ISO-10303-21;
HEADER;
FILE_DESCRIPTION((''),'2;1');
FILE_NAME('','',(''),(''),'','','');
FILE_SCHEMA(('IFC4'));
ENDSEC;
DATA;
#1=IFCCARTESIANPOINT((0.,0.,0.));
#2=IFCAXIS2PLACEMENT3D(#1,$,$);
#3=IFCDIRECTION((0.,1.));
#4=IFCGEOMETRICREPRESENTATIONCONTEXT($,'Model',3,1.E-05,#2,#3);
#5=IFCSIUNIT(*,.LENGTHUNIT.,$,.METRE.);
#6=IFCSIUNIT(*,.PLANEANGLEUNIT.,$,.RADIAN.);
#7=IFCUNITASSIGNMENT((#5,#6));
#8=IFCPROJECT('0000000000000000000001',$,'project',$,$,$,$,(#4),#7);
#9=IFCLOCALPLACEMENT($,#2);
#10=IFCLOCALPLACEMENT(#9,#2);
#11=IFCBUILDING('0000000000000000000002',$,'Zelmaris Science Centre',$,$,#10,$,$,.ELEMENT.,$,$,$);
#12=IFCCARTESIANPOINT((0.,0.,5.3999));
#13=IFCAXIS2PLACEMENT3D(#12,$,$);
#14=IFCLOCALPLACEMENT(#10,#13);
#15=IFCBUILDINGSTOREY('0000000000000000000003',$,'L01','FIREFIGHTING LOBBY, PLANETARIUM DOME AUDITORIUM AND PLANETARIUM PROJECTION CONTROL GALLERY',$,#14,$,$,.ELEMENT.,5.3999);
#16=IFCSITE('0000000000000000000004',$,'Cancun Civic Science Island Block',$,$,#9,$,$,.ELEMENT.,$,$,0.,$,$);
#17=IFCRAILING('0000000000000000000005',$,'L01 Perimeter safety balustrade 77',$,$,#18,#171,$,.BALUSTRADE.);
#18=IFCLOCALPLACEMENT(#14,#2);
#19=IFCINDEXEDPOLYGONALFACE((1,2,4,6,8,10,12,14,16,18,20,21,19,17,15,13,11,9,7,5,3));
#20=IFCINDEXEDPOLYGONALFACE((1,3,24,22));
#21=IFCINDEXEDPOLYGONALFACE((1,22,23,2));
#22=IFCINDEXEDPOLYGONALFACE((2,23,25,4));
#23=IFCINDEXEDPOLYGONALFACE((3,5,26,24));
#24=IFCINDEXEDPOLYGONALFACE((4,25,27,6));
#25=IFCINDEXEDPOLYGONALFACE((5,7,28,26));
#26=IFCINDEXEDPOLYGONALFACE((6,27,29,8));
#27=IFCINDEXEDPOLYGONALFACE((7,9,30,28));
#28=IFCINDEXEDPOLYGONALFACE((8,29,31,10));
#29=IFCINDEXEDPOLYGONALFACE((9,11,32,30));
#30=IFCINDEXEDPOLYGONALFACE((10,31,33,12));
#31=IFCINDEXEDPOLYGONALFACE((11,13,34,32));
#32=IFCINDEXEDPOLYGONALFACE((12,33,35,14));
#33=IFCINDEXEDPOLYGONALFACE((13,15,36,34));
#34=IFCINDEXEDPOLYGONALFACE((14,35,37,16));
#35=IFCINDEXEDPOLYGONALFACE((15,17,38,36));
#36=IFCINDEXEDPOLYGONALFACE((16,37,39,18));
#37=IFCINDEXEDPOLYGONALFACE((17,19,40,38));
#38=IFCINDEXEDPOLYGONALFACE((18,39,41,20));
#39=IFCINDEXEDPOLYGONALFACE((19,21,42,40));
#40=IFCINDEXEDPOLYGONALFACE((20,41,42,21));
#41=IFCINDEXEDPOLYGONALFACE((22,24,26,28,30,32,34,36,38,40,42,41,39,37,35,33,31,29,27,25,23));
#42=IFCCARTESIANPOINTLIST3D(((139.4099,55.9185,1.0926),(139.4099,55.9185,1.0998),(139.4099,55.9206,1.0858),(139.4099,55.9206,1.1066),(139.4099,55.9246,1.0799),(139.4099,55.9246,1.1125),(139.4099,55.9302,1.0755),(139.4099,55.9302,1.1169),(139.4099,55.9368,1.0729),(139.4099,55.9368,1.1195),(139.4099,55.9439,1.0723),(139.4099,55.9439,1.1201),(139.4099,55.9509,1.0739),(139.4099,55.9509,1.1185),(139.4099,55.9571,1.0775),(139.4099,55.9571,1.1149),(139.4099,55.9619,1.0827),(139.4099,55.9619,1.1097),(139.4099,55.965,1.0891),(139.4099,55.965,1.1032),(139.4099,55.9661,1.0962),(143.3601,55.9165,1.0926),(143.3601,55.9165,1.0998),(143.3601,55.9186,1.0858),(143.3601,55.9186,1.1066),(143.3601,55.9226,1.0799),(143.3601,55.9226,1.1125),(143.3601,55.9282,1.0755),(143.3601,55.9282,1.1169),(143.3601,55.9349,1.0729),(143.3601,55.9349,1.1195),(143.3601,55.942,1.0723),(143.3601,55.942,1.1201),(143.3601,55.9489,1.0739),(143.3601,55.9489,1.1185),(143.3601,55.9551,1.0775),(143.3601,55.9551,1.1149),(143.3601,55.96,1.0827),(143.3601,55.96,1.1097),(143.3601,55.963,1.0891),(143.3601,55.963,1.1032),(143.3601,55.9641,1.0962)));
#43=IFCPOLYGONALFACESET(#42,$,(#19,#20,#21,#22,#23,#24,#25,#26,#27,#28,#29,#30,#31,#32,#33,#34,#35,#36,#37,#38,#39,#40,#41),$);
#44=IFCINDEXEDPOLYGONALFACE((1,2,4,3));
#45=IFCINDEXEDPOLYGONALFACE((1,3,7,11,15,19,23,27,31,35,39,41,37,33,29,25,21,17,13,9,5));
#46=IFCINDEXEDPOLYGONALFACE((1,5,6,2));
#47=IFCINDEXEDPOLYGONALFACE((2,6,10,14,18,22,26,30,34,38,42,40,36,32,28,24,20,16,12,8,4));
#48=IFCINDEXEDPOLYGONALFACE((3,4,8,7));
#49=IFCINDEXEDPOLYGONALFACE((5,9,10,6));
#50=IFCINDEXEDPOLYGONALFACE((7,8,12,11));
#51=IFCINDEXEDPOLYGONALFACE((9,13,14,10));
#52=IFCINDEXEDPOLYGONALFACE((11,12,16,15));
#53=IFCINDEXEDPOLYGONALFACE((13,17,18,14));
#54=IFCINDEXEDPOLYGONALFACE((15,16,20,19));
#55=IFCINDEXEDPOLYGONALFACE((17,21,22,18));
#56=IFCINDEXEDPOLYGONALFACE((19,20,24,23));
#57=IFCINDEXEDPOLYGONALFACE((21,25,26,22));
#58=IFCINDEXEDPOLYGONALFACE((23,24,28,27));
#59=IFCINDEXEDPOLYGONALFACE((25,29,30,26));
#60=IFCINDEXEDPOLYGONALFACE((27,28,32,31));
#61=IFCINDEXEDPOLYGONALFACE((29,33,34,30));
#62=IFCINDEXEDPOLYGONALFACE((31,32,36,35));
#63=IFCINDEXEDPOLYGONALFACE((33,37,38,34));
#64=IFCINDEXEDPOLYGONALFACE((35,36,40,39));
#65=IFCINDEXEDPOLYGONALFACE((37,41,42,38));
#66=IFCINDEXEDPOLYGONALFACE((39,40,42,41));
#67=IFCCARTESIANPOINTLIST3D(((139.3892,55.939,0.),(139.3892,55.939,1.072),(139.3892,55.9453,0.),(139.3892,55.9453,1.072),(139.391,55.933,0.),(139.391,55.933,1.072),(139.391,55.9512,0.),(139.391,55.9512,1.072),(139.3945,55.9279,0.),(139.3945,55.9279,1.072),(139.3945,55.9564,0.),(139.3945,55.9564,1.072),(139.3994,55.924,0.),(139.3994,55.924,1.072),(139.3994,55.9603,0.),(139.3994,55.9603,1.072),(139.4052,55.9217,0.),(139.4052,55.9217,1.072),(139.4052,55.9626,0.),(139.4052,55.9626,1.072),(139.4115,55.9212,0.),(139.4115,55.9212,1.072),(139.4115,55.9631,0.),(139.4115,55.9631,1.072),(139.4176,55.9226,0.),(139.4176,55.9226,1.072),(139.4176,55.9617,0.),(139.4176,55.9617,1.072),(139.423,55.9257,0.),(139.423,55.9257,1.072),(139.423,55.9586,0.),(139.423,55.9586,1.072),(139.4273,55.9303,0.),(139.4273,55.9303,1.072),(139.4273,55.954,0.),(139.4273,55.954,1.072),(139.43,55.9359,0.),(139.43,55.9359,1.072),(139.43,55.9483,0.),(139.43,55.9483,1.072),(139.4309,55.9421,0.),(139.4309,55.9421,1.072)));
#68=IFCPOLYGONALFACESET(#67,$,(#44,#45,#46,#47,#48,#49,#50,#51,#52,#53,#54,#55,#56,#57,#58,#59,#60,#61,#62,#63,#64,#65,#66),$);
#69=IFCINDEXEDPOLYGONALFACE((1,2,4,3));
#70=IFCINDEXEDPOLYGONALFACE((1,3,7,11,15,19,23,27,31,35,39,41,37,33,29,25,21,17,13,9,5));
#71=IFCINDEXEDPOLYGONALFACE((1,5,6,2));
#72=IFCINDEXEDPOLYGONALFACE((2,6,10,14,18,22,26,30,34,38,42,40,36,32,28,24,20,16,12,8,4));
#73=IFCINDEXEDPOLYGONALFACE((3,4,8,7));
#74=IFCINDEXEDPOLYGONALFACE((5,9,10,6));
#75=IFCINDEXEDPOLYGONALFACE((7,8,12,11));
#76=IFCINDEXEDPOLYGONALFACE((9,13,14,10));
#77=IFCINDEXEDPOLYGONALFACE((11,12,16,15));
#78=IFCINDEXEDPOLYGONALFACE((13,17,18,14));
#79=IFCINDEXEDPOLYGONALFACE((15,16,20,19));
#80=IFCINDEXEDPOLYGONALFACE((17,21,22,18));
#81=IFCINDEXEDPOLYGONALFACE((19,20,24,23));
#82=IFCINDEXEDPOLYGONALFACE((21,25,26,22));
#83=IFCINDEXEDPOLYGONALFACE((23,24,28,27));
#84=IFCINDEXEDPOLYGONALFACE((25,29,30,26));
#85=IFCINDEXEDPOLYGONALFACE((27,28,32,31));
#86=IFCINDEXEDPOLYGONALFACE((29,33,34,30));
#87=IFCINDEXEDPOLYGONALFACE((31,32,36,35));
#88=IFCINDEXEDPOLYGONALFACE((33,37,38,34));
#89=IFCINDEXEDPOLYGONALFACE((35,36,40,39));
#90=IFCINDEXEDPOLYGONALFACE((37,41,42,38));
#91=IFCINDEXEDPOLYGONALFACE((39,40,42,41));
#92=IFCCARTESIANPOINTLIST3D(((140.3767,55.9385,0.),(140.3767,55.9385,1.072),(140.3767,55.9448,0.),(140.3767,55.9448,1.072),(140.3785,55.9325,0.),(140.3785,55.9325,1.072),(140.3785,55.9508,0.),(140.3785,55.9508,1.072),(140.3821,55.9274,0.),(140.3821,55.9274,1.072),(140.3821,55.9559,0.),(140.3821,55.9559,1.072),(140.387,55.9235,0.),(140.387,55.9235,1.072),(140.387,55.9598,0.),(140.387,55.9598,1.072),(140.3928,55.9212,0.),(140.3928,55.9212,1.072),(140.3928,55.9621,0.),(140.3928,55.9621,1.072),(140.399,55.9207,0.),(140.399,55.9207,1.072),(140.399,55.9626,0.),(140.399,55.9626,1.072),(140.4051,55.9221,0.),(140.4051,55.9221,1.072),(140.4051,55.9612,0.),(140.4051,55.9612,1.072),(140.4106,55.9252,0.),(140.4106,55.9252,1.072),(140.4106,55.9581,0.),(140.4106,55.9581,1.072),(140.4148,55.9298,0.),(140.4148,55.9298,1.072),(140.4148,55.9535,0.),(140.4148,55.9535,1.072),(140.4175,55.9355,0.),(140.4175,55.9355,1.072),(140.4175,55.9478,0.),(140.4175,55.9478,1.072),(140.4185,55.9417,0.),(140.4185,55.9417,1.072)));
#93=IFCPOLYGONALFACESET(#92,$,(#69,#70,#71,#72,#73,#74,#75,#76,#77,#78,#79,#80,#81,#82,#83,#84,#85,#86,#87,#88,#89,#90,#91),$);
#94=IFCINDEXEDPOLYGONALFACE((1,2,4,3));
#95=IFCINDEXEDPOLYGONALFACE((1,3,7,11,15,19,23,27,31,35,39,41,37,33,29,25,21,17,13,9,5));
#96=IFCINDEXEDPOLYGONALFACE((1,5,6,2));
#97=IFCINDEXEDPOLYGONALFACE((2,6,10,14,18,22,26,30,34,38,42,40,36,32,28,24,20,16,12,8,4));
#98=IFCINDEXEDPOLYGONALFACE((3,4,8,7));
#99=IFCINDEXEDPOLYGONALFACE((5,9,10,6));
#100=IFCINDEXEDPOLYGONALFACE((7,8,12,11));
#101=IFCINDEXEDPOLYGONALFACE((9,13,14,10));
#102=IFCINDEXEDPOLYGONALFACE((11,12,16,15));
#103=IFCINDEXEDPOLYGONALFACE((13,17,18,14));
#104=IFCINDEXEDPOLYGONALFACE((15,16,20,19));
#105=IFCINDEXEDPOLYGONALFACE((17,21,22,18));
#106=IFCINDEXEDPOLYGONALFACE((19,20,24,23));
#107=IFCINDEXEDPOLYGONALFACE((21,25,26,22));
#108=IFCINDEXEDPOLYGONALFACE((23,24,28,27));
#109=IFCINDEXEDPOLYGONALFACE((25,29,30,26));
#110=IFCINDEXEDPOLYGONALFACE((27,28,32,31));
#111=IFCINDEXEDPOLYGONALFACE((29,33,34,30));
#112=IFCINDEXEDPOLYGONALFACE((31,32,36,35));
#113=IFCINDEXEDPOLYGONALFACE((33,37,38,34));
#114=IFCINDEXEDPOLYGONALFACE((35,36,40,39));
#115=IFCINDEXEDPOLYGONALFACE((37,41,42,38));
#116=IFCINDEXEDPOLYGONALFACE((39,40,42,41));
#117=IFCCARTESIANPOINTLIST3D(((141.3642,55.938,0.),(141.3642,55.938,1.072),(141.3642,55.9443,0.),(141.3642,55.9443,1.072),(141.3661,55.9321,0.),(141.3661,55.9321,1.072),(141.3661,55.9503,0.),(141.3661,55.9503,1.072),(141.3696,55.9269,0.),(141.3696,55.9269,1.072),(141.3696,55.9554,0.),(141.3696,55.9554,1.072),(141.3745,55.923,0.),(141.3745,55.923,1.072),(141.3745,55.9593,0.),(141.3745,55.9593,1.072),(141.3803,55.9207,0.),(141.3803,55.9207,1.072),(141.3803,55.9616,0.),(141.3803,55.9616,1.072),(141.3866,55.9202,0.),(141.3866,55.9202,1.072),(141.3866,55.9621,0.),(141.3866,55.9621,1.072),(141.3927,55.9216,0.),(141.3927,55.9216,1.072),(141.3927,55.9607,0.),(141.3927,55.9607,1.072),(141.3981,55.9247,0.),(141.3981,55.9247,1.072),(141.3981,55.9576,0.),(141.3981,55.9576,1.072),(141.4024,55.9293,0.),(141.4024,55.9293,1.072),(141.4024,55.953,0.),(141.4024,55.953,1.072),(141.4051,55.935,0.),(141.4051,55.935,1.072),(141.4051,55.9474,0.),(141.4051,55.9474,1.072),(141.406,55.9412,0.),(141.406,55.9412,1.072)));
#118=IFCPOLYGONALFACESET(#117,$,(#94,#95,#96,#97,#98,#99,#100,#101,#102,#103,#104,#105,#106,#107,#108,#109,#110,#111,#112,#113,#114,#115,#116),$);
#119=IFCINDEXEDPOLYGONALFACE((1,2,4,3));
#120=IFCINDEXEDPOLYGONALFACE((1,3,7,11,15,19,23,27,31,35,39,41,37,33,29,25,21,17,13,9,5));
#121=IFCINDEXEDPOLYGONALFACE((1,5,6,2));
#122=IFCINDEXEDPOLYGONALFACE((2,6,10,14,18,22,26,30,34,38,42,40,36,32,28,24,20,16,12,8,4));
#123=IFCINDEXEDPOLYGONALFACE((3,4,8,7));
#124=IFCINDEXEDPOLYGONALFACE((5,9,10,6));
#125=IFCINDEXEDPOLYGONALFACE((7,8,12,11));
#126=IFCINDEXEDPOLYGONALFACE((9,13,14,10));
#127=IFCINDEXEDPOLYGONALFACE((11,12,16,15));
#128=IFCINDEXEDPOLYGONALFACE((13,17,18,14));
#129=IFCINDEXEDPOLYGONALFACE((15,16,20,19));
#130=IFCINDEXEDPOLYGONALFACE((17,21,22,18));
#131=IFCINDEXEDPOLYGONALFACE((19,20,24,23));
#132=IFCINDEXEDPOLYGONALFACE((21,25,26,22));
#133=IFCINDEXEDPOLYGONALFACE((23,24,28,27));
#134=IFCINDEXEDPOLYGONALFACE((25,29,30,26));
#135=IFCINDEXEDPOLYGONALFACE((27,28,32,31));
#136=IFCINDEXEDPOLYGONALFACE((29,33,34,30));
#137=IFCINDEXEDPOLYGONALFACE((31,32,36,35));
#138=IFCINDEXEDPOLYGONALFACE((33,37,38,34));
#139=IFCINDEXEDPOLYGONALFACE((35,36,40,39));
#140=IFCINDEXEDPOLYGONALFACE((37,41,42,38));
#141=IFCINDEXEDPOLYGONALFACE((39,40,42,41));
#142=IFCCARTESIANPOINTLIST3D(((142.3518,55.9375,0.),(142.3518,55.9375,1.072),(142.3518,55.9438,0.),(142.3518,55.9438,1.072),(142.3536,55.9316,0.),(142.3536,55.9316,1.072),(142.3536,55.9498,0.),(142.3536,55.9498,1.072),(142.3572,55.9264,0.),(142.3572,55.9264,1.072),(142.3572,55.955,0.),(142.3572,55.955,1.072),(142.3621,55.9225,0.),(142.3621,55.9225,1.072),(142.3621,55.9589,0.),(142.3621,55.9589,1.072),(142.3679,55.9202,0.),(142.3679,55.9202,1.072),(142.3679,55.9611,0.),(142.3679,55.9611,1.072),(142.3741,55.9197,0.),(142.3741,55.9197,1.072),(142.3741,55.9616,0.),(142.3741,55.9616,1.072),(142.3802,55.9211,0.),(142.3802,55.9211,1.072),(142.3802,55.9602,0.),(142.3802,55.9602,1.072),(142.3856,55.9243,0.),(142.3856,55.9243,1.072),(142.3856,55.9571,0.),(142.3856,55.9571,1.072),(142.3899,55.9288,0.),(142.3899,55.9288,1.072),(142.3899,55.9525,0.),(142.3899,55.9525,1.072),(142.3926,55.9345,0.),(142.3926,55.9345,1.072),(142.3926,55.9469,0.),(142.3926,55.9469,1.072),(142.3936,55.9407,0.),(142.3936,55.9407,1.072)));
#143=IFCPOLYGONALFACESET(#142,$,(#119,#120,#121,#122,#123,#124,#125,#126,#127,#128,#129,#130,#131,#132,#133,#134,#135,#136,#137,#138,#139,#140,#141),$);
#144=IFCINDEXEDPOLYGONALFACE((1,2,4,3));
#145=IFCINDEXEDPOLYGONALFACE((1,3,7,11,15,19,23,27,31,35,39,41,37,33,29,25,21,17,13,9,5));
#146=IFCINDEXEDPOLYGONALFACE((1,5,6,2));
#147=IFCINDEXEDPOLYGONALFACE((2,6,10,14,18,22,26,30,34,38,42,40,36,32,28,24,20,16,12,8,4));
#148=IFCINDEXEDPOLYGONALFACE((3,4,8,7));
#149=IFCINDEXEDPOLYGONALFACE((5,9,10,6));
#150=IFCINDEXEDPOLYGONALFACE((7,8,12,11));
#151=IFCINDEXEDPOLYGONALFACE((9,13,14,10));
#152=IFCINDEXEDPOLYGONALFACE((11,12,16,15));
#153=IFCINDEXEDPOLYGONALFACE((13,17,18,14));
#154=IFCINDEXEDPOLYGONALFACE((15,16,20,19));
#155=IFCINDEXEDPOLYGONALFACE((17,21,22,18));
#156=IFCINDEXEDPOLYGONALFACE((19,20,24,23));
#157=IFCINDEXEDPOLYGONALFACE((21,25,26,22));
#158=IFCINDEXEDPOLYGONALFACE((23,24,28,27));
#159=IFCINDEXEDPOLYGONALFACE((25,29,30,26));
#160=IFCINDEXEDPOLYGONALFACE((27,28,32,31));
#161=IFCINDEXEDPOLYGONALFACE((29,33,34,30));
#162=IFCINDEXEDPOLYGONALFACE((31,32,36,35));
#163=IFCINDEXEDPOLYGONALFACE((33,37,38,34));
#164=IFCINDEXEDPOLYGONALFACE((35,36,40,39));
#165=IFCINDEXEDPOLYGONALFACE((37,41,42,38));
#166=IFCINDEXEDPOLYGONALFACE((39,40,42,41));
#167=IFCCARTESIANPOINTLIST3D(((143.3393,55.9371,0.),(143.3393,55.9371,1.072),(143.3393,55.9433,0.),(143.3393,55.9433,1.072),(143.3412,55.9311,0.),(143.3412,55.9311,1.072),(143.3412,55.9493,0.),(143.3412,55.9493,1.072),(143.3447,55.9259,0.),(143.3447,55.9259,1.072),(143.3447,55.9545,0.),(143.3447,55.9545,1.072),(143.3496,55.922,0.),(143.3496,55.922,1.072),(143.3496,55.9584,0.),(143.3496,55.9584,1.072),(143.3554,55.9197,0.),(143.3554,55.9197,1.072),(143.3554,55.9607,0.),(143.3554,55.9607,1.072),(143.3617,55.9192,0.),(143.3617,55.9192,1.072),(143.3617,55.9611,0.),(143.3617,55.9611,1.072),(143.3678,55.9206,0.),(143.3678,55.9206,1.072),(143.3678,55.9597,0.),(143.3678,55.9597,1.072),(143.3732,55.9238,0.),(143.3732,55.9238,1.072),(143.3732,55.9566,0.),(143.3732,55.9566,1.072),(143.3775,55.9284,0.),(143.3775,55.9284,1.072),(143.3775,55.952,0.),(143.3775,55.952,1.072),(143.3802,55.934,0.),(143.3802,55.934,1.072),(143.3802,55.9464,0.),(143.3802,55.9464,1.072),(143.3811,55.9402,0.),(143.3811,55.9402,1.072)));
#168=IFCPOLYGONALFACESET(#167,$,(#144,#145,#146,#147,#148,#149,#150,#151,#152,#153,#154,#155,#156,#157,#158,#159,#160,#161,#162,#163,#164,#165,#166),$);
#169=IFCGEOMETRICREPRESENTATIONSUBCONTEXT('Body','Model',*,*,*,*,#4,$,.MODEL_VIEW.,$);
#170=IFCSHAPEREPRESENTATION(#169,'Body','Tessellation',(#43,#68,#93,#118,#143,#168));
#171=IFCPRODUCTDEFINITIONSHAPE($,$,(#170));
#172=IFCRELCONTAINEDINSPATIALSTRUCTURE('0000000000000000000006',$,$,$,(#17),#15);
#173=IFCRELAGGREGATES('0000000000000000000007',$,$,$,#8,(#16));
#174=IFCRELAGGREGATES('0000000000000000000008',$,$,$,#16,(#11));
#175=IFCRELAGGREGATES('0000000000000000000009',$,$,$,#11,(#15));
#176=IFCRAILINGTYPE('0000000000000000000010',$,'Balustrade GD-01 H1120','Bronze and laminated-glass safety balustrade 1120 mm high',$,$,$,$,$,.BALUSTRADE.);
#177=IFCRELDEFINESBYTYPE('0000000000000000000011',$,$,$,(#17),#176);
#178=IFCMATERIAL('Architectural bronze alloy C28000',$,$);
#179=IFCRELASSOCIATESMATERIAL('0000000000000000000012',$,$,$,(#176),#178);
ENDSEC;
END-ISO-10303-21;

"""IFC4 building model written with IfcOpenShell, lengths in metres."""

from ifc_helpers import new_model, si_unit, direction, frame, origin, origin_2d, place, context, subcontext, project, spatial, circle, extrude, material, type_object, element, save


model = new_model("IFC4")

# Units and contexts
model_context = context("Model", 3, precision=1e-05, world=origin(), true_north=direction((0.0, 1.0)))
body_context = subcontext(model_context, "Body", "Model", "MODEL_VIEW")
ifc_project = project(units=[si_unit("LENGTHUNIT", "METRE"), si_unit("PLANEANGLEUNIT", "RADIAN")], contexts=[model_context])

# Site, building, storey
site_placement = place(None, origin())
site = spatial("IfcSite", under=ifc_project, at=site_placement, Name="Cancun Civic Science Island Block", CompositionType="ELEMENT", RefElevation=0.0)
building_placement = place(site_placement, origin())
building = spatial("IfcBuilding", under=site, at=building_placement, Name="Zelmaris Science Centre", CompositionType="ELEMENT")
storey_placement = place(building_placement, frame((0.0, 0.0, 5.3999)))
storey = spatial("IfcBuildingStorey", under=building, at=storey_placement, Name="L01", Description="FIREFIGHTING LOBBY, PLANETARIUM DOME AUDITORIUM AND PLANETARIUM PROJECTION CONTROL GALLERY", CompositionType="ELEMENT", Elevation=5.3999)

# Railing
ifc_material_1 = material(Name="Architectural bronze alloy C28000")
railing_type = type_object("IfcRailingType", Name="Balustrade GD-01 H1120", Description="Bronze and laminated-glass safety balustrade 1120 mm high", PredefinedType="BALUSTRADE", material=ifc_material_1)
railing_placement = place(storey_placement, frame((139.4099, 55.9421, 0.0)))
element("IfcRailing", 1, at=railing_placement, inside=storey, type_object=railing_type, Name="L01 Perimeter safety balustrade 77", PredefinedType="BALUSTRADE", context=body_context, shape_type="SweptSolid", body=[
    extrude(circle(Radius=0.0239, at=origin_2d()), frame((0.0, 0.0, 1.0962), z_axis=(1.0, -0.000494, 0.0), x_axis=(0.000494, 1.0, 0.0)), (0.0, 0.0, 1.0), 3.9502),
    extrude(circle(Radius=0.021, at=origin_2d()), origin(), (0.0, 0.0, 1.0), 1.072),
    extrude(circle(Radius=0.021, at=origin_2d()), frame((0.9875, -0.0005, 0.0)), (0.0, 0.0, 1.0), 1.072),
    extrude(circle(Radius=0.021, at=origin_2d()), frame((1.9751, -0.001, 0.0)), (0.0, 0.0, 1.0), 1.072),
    extrude(circle(Radius=0.021, at=origin_2d()), frame((2.9626, -0.0015, 0.0)), (0.0, 0.0, 1.0), 1.072),
    extrude(circle(Radius=0.021, at=origin_2d()), frame((3.9502, -0.002, 0.0)), (0.0, 0.0, 1.0), 1.072),
])

save(model, "model.ifc")
